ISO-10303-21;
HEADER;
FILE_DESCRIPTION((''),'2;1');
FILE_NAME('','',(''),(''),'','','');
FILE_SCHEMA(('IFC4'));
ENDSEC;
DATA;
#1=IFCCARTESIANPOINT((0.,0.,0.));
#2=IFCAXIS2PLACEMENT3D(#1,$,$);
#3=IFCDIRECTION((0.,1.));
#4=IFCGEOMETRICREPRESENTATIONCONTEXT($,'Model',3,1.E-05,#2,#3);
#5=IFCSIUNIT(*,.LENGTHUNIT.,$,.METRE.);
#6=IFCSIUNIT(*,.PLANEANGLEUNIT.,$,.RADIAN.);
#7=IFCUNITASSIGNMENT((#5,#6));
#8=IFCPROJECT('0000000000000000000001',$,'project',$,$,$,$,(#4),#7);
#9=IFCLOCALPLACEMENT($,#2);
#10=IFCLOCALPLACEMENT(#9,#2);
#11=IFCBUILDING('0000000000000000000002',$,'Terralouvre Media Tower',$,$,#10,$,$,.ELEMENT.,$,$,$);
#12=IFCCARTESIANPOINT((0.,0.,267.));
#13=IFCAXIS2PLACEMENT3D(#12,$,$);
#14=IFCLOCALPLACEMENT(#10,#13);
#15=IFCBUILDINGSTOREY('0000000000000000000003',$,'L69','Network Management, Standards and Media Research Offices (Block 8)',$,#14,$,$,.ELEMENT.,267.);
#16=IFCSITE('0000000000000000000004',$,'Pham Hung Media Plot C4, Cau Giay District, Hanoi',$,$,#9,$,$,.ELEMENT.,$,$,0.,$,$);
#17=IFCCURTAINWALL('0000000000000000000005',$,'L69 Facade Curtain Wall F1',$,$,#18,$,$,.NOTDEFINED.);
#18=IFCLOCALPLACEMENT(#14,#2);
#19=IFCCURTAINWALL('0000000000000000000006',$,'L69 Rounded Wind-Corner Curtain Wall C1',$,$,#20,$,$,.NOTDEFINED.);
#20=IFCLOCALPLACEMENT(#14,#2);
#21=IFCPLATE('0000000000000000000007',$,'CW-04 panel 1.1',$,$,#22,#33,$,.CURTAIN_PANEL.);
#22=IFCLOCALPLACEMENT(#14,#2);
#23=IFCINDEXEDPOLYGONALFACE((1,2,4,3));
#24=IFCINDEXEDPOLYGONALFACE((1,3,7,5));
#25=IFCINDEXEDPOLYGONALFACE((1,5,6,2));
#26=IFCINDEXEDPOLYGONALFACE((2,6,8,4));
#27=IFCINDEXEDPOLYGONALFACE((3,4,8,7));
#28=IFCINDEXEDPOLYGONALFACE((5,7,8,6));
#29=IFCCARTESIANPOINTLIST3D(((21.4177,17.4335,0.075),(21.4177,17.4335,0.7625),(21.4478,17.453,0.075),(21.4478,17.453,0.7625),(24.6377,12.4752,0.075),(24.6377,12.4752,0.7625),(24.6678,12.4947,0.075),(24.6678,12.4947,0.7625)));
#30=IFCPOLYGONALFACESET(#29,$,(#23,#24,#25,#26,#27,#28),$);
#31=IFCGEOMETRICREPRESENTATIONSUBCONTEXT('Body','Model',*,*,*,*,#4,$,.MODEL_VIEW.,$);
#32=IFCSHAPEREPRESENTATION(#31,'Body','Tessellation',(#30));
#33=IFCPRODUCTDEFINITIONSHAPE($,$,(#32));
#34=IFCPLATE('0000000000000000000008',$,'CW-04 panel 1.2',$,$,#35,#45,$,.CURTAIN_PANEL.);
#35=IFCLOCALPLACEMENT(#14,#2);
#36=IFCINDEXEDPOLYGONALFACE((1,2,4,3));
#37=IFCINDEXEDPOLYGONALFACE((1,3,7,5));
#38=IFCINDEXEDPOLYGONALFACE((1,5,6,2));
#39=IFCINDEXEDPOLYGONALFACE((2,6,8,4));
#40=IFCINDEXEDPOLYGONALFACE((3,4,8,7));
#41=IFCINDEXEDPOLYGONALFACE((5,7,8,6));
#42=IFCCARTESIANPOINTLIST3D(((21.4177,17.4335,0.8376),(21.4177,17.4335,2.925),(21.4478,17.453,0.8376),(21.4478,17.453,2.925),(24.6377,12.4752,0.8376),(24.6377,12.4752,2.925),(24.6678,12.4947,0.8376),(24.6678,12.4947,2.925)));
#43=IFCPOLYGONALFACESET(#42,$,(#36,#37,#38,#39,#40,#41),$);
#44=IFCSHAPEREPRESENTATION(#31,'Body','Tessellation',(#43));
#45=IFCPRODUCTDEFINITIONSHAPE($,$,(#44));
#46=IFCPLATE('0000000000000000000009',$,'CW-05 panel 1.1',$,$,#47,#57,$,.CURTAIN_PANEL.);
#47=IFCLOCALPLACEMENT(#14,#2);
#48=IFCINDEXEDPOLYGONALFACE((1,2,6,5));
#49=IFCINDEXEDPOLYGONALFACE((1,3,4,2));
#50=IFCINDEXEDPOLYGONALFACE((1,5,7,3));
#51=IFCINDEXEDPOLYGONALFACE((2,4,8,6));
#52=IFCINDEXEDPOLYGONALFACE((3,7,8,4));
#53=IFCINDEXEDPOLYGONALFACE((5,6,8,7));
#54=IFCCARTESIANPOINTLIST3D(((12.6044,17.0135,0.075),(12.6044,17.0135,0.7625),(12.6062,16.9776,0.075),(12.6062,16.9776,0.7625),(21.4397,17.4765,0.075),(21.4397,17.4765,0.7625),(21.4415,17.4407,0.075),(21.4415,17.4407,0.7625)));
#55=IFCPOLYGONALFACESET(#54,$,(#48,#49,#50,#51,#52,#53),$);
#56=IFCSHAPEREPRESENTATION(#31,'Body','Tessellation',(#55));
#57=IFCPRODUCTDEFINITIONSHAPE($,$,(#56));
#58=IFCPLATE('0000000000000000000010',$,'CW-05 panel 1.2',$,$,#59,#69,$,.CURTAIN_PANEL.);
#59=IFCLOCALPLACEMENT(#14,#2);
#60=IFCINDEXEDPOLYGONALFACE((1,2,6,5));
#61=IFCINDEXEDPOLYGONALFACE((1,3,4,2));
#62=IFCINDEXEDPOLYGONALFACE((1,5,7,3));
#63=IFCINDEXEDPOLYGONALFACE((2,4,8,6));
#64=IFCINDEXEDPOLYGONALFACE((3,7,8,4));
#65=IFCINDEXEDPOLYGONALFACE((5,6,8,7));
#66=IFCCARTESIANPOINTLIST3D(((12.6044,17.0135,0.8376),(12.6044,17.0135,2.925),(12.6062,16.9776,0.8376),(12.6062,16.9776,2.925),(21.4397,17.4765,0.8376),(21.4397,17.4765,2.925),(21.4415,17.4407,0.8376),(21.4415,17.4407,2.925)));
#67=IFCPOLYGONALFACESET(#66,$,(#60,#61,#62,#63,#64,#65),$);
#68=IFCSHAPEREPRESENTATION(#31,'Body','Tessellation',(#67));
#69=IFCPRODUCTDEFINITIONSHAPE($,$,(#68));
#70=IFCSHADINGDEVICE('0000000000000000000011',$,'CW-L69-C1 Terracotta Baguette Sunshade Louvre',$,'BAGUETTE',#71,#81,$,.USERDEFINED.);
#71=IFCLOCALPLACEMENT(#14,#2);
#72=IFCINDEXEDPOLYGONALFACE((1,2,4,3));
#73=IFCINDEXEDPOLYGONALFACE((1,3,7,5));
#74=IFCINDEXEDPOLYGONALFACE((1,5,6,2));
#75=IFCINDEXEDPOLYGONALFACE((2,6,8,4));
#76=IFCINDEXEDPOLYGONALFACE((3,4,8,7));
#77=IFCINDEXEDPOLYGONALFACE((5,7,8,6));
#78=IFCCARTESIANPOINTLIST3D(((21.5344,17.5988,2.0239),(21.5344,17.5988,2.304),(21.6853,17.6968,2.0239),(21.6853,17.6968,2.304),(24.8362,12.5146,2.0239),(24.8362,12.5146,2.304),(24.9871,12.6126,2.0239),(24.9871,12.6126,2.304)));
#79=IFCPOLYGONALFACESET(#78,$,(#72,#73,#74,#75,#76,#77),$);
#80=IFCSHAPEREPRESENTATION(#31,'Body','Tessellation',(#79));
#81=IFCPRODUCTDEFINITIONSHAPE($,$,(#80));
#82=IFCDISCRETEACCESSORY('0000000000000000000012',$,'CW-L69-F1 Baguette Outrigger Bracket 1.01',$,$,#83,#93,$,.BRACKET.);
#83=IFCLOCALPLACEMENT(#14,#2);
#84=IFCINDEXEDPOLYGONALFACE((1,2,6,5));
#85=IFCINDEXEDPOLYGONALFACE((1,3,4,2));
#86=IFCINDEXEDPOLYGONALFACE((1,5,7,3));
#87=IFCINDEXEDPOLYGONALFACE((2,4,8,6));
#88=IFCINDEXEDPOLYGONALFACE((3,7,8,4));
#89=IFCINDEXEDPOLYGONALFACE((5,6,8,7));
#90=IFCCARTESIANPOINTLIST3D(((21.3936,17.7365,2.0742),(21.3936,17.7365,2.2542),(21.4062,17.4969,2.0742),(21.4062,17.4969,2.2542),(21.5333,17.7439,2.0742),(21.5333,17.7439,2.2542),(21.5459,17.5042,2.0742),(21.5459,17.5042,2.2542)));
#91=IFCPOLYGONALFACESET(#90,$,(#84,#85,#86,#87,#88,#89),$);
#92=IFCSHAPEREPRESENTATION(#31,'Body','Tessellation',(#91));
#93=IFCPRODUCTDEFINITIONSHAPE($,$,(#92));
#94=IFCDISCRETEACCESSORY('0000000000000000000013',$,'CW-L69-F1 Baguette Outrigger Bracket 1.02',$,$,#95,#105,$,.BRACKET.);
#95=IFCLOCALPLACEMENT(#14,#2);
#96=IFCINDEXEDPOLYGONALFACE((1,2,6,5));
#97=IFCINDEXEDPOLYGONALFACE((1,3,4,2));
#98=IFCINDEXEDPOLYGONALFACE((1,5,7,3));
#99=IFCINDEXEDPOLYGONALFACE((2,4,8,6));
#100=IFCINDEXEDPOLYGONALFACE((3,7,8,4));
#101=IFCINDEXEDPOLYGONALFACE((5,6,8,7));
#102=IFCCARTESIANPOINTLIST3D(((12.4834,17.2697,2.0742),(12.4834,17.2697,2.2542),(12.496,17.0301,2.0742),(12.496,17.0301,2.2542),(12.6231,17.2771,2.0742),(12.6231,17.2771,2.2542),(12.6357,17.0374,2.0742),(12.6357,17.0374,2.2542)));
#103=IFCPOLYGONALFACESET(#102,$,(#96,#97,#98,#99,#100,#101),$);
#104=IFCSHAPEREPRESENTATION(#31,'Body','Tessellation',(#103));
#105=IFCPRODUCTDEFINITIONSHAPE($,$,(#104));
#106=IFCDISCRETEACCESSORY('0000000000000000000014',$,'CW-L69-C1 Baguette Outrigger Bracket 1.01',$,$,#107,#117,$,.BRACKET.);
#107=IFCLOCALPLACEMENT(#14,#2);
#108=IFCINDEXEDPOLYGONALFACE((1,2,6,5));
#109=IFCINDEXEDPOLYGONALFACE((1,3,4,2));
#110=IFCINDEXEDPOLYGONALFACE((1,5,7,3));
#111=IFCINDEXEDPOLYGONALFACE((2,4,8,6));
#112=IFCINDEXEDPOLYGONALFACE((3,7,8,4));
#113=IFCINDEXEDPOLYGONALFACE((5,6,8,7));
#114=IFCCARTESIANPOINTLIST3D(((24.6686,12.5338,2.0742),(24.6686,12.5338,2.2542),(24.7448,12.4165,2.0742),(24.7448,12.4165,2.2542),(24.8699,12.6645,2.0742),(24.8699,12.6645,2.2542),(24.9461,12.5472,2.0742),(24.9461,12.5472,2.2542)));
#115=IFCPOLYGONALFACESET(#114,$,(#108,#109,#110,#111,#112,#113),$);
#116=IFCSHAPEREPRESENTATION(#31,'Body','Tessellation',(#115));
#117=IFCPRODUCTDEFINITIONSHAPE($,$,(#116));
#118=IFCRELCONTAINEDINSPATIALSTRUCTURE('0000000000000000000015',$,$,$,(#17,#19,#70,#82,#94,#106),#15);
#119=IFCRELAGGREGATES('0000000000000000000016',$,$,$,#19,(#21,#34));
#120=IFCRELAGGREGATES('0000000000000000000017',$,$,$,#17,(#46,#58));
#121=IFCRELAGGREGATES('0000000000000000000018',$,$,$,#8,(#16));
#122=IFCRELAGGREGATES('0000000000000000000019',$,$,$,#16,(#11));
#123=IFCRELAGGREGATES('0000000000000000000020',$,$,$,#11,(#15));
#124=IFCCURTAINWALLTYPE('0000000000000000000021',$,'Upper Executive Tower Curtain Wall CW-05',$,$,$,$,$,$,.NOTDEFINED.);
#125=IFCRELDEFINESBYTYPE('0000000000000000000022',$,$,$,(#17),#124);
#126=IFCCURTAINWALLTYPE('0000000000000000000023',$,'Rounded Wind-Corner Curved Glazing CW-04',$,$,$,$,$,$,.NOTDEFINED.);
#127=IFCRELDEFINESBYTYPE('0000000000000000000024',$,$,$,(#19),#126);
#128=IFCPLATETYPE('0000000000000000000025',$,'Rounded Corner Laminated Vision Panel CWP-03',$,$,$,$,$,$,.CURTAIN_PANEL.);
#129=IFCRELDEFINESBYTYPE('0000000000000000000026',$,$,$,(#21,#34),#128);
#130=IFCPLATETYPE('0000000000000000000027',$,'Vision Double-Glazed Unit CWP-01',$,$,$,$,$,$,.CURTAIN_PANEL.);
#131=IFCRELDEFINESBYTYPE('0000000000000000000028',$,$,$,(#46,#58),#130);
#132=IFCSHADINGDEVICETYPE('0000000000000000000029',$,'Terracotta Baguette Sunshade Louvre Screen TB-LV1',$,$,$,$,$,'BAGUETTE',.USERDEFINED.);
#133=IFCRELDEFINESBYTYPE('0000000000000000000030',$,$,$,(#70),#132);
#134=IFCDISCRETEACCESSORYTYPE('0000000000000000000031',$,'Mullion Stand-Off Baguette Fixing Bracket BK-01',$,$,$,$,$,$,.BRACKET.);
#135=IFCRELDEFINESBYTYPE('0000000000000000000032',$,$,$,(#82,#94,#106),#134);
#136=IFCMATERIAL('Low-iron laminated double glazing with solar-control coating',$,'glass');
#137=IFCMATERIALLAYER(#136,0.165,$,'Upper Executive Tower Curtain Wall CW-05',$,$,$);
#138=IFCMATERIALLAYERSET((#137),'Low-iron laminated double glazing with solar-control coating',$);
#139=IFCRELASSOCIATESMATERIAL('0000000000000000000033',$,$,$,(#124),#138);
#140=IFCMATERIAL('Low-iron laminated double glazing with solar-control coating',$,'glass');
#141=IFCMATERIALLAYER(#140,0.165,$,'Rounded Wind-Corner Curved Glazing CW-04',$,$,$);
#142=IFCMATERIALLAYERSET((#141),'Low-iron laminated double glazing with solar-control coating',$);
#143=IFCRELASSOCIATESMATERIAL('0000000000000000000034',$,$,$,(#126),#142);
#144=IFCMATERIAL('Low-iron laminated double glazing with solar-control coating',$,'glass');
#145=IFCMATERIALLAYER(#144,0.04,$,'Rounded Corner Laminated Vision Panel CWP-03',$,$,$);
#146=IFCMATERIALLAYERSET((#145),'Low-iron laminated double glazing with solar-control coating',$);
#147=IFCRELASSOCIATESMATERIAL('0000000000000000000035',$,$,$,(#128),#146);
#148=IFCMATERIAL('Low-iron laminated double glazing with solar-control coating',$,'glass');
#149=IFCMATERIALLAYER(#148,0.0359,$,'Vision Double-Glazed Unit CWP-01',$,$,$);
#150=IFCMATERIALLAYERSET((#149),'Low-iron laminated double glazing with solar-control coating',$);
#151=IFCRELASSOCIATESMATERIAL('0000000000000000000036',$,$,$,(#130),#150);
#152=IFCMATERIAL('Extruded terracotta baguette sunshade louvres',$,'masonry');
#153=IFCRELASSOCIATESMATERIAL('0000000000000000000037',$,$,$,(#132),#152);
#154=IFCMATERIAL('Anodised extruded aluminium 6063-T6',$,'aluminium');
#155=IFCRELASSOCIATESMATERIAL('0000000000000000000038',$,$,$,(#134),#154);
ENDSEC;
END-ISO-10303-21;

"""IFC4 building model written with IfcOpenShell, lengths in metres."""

from ifc_helpers import new_model, si_unit, direction, frame, origin, origin_2d, place, context, subcontext, project, spatial, rectangle, extrude, material, layer, layer_set, type_object, element, aggregate, save


model = new_model("IFC4")

# Units and contexts
model_context = context("Model", 3, precision=1e-05, world=origin(), true_north=direction((0.0, 1.0)))
body_context = subcontext(model_context, "Body", "Model", "MODEL_VIEW")
ifc_project = project(units=[si_unit("LENGTHUNIT", "METRE"), si_unit("PLANEANGLEUNIT", "RADIAN")], contexts=[model_context])

# Site, building, storey
site_placement = place(None, origin())
site = spatial("IfcSite", under=ifc_project, at=site_placement, Name="Pham Hung Media Plot C4, Cau Giay District, Hanoi", CompositionType="ELEMENT", RefElevation=0.0)
building_placement = place(site_placement, origin())
building = spatial("IfcBuilding", under=site, at=building_placement, Name="Terralouvre Media Tower", CompositionType="ELEMENT")
storey_placement = place(building_placement, frame((0.0, 0.0, 267.0)))
storey = spatial("IfcBuildingStorey", under=building, at=storey_placement, Name="L69", Description="Network Management, Standards and Media Research Offices (Block 8)", CompositionType="ELEMENT", Elevation=267.0)

# Curtain walls
ifc_material_1 = material(Name="Low-iron laminated double glazing with solar-control coating", Category="glass")
ifc_layer_1 = layer(ifc_material_1, 0.165, Name="Upper Executive Tower Curtain Wall CW-05")
ifc_layer_set_1 = layer_set([ifc_layer_1], Name="Low-iron laminated double glazing with solar-control coating")
curtain_wall_type_1 = type_object("IfcCurtainWallType", Name="Upper Executive Tower Curtain Wall CW-05", PredefinedType="NOTDEFINED", material=ifc_layer_set_1)
curtain_wall_1_placement = place(storey_placement, origin())
curtain_wall_1 = element("IfcCurtainWall", 1, at=curtain_wall_1_placement, inside=storey, type_object=curtain_wall_type_1, Name="L69 Facade Curtain Wall F1", PredefinedType="NOTDEFINED")
ifc_material_2 = material(Name="Low-iron laminated double glazing with solar-control coating", Category="glass")
ifc_layer_2 = layer(ifc_material_2, 0.165, Name="Rounded Wind-Corner Curved Glazing CW-04")
ifc_layer_set_2 = layer_set([ifc_layer_2], Name="Low-iron laminated double glazing with solar-control coating")
curtain_wall_type_2 = type_object("IfcCurtainWallType", Name="Rounded Wind-Corner Curved Glazing CW-04", PredefinedType="NOTDEFINED", material=ifc_layer_set_2)
curtain_wall_2_placement = place(storey_placement, origin())
curtain_wall_2 = element("IfcCurtainWall", 2, at=curtain_wall_2_placement, inside=storey, type_object=curtain_wall_type_2, Name="L69 Rounded Wind-Corner Curtain Wall C1", PredefinedType="NOTDEFINED")

# Plates
ifc_material_3 = material(Name="Low-iron laminated double glazing with solar-control coating", Category="glass")
ifc_layer_3 = layer(ifc_material_3, 0.04, Name="Rounded Corner Laminated Vision Panel CWP-03")
ifc_layer_set_3 = layer_set([ifc_layer_3], Name="Low-iron laminated double glazing with solar-control coating")
plate_type_1 = type_object("IfcPlateType", Name="Rounded Corner Laminated Vision Panel CWP-03", PredefinedType="CURTAIN_PANEL", material=ifc_layer_set_3)
plate_1_placement = place(storey_placement, frame((23.0427, 14.9641, 0.075), z_axis=(0.0, 0.0, 1.0), x_axis=(-0.544639, 0.83867, 0.0)))
plate_1 = element("IfcPlate", 3, at=plate_1_placement, type_object=plate_type_1, Name="CW-04 panel 1.1", PredefinedType="CURTAIN_PANEL", context=body_context, shape_type="SweptSolid", body=[
    extrude(rectangle(XDim=5.9121, YDim=0.0359, at=origin_2d()), origin(), (0.0, 0.0, 1.0), 0.6875),
])
plate_2_placement = place(storey_placement, frame((23.0427, 14.9641, 0.8376), z_axis=(0.0, 0.0, 1.0), x_axis=(-0.544639, 0.83867, 0.0)))
plate_2 = element("IfcPlate", 4, at=plate_2_placement, type_object=plate_type_1, Name="CW-04 panel 1.2", PredefinedType="CURTAIN_PANEL", context=body_context, shape_type="SweptSolid", body=[
    extrude(rectangle(XDim=5.9121, YDim=0.0359, at=origin_2d()), origin(), (0.0, 0.0, 1.0), 2.0874),
])
aggregate(curtain_wall_2, [plate_1, plate_2])
ifc_material_4 = material(Name="Low-iron laminated double glazing with solar-control coating", Category="glass")
ifc_layer_4 = layer(ifc_material_4, 0.0359, Name="Vision Double-Glazed Unit CWP-01")
ifc_layer_set_4 = layer_set([ifc_layer_4], Name="Low-iron laminated double glazing with solar-control coating")
plate_type_2 = type_object("IfcPlateType", Name="Vision Double-Glazed Unit CWP-01", PredefinedType="CURTAIN_PANEL", material=ifc_layer_set_4)
plate_3_placement = place(storey_placement, frame((17.0229, 17.2271, 0.075), z_axis=(0.0, 0.0, 1.0), x_axis=(-0.99863, -0.052336, 0.0)))
plate_3 = element("IfcPlate", 5, at=plate_3_placement, type_object=plate_type_2, Name="CW-05 panel 1.1", PredefinedType="CURTAIN_PANEL", context=body_context, shape_type="SweptSolid", body=[
    extrude(rectangle(XDim=8.8474, YDim=0.0359, at=origin_2d()), origin(), (0.0, 0.0, 1.0), 0.6875),
])
plate_4_placement = place(storey_placement, frame((17.0229, 17.2271, 0.8376), z_axis=(0.0, 0.0, 1.0), x_axis=(-0.99863, -0.052336, 0.0)))
plate_4 = element("IfcPlate", 6, at=plate_4_placement, type_object=plate_type_2, Name="CW-05 panel 1.2", PredefinedType="CURTAIN_PANEL", context=body_context, shape_type="SweptSolid", body=[
    extrude(rectangle(XDim=8.8474, YDim=0.0359, at=origin_2d()), origin(), (0.0, 0.0, 1.0), 2.0874),
])
aggregate(curtain_wall_1, [plate_3, plate_4])

# Shading device
ifc_material_5 = material(Name="Extruded terracotta baguette sunshade louvres", Category="masonry")
shading_device_type = type_object("IfcShadingDeviceType", Name="Terracotta Baguette Sunshade Louvre Screen TB-LV1", ElementType="BAGUETTE", PredefinedType="USERDEFINED", material=ifc_material_5)
shading_device_placement = place(storey_placement, frame((23.2607, 15.1057, 2.0239), z_axis=(0.0, 0.0, 1.0), x_axis=(-0.544639, 0.83867, 0.0)))
element("IfcShadingDevice", 7, at=shading_device_placement, inside=storey, type_object=shading_device_type, Name="CW-L69-C1 Terracotta Baguette Sunshade Louvre", ObjectType="BAGUETTE", PredefinedType="USERDEFINED", context=body_context, shape_type="SweptSolid", body=[
    extrude(rectangle(XDim=6.0623, YDim=0.1799, at=origin_2d()), origin(), (0.0, 0.0, 1.0), 0.28),
])

# Discrete accessories
ifc_material_6 = material(Name="Anodised extruded aluminium 6063-T6", Category="aluminium")
discrete_accessory_type = type_object("IfcDiscreteAccessoryType", Name="Mullion Stand-Off Baguette Fixing Bracket BK-01", PredefinedType="BRACKET", material=ifc_material_6)
for number, where, z_axis, x_axis, name in (
    (8, (21.4697, 17.6204, 2.0742), (0.0, 0.0, 1.0), (-0.99863, -0.052336, 0.0), "CW-L69-F1 Baguette Outrigger Bracket 1.01"),
    (9, (12.5596, 17.1536, 2.0742), (0.0, 0.0, 1.0), (-0.99863, -0.052336, 0.0), "CW-L69-F1 Baguette Outrigger Bracket 1.02"),
    (10, (24.8074, 12.5405, 2.0742), (0.0, 0.0, 1.0), (-0.544639, 0.83867, 0.0), "CW-L69-C1 Baguette Outrigger Bracket 1.01"),
):
    element("IfcDiscreteAccessory", number, at=place(storey_placement, frame(where, z_axis=z_axis, x_axis=x_axis)), inside=storey, type_object=discrete_accessory_type, Name=name, PredefinedType="BRACKET", context=body_context, shape_type="SweptSolid", body=[
        extrude(rectangle(XDim=0.1399, YDim=0.24, at=origin_2d()), origin(), (0.0, 0.0, 1.0), 0.1799),
    ])

save(model, "model.ifc")
